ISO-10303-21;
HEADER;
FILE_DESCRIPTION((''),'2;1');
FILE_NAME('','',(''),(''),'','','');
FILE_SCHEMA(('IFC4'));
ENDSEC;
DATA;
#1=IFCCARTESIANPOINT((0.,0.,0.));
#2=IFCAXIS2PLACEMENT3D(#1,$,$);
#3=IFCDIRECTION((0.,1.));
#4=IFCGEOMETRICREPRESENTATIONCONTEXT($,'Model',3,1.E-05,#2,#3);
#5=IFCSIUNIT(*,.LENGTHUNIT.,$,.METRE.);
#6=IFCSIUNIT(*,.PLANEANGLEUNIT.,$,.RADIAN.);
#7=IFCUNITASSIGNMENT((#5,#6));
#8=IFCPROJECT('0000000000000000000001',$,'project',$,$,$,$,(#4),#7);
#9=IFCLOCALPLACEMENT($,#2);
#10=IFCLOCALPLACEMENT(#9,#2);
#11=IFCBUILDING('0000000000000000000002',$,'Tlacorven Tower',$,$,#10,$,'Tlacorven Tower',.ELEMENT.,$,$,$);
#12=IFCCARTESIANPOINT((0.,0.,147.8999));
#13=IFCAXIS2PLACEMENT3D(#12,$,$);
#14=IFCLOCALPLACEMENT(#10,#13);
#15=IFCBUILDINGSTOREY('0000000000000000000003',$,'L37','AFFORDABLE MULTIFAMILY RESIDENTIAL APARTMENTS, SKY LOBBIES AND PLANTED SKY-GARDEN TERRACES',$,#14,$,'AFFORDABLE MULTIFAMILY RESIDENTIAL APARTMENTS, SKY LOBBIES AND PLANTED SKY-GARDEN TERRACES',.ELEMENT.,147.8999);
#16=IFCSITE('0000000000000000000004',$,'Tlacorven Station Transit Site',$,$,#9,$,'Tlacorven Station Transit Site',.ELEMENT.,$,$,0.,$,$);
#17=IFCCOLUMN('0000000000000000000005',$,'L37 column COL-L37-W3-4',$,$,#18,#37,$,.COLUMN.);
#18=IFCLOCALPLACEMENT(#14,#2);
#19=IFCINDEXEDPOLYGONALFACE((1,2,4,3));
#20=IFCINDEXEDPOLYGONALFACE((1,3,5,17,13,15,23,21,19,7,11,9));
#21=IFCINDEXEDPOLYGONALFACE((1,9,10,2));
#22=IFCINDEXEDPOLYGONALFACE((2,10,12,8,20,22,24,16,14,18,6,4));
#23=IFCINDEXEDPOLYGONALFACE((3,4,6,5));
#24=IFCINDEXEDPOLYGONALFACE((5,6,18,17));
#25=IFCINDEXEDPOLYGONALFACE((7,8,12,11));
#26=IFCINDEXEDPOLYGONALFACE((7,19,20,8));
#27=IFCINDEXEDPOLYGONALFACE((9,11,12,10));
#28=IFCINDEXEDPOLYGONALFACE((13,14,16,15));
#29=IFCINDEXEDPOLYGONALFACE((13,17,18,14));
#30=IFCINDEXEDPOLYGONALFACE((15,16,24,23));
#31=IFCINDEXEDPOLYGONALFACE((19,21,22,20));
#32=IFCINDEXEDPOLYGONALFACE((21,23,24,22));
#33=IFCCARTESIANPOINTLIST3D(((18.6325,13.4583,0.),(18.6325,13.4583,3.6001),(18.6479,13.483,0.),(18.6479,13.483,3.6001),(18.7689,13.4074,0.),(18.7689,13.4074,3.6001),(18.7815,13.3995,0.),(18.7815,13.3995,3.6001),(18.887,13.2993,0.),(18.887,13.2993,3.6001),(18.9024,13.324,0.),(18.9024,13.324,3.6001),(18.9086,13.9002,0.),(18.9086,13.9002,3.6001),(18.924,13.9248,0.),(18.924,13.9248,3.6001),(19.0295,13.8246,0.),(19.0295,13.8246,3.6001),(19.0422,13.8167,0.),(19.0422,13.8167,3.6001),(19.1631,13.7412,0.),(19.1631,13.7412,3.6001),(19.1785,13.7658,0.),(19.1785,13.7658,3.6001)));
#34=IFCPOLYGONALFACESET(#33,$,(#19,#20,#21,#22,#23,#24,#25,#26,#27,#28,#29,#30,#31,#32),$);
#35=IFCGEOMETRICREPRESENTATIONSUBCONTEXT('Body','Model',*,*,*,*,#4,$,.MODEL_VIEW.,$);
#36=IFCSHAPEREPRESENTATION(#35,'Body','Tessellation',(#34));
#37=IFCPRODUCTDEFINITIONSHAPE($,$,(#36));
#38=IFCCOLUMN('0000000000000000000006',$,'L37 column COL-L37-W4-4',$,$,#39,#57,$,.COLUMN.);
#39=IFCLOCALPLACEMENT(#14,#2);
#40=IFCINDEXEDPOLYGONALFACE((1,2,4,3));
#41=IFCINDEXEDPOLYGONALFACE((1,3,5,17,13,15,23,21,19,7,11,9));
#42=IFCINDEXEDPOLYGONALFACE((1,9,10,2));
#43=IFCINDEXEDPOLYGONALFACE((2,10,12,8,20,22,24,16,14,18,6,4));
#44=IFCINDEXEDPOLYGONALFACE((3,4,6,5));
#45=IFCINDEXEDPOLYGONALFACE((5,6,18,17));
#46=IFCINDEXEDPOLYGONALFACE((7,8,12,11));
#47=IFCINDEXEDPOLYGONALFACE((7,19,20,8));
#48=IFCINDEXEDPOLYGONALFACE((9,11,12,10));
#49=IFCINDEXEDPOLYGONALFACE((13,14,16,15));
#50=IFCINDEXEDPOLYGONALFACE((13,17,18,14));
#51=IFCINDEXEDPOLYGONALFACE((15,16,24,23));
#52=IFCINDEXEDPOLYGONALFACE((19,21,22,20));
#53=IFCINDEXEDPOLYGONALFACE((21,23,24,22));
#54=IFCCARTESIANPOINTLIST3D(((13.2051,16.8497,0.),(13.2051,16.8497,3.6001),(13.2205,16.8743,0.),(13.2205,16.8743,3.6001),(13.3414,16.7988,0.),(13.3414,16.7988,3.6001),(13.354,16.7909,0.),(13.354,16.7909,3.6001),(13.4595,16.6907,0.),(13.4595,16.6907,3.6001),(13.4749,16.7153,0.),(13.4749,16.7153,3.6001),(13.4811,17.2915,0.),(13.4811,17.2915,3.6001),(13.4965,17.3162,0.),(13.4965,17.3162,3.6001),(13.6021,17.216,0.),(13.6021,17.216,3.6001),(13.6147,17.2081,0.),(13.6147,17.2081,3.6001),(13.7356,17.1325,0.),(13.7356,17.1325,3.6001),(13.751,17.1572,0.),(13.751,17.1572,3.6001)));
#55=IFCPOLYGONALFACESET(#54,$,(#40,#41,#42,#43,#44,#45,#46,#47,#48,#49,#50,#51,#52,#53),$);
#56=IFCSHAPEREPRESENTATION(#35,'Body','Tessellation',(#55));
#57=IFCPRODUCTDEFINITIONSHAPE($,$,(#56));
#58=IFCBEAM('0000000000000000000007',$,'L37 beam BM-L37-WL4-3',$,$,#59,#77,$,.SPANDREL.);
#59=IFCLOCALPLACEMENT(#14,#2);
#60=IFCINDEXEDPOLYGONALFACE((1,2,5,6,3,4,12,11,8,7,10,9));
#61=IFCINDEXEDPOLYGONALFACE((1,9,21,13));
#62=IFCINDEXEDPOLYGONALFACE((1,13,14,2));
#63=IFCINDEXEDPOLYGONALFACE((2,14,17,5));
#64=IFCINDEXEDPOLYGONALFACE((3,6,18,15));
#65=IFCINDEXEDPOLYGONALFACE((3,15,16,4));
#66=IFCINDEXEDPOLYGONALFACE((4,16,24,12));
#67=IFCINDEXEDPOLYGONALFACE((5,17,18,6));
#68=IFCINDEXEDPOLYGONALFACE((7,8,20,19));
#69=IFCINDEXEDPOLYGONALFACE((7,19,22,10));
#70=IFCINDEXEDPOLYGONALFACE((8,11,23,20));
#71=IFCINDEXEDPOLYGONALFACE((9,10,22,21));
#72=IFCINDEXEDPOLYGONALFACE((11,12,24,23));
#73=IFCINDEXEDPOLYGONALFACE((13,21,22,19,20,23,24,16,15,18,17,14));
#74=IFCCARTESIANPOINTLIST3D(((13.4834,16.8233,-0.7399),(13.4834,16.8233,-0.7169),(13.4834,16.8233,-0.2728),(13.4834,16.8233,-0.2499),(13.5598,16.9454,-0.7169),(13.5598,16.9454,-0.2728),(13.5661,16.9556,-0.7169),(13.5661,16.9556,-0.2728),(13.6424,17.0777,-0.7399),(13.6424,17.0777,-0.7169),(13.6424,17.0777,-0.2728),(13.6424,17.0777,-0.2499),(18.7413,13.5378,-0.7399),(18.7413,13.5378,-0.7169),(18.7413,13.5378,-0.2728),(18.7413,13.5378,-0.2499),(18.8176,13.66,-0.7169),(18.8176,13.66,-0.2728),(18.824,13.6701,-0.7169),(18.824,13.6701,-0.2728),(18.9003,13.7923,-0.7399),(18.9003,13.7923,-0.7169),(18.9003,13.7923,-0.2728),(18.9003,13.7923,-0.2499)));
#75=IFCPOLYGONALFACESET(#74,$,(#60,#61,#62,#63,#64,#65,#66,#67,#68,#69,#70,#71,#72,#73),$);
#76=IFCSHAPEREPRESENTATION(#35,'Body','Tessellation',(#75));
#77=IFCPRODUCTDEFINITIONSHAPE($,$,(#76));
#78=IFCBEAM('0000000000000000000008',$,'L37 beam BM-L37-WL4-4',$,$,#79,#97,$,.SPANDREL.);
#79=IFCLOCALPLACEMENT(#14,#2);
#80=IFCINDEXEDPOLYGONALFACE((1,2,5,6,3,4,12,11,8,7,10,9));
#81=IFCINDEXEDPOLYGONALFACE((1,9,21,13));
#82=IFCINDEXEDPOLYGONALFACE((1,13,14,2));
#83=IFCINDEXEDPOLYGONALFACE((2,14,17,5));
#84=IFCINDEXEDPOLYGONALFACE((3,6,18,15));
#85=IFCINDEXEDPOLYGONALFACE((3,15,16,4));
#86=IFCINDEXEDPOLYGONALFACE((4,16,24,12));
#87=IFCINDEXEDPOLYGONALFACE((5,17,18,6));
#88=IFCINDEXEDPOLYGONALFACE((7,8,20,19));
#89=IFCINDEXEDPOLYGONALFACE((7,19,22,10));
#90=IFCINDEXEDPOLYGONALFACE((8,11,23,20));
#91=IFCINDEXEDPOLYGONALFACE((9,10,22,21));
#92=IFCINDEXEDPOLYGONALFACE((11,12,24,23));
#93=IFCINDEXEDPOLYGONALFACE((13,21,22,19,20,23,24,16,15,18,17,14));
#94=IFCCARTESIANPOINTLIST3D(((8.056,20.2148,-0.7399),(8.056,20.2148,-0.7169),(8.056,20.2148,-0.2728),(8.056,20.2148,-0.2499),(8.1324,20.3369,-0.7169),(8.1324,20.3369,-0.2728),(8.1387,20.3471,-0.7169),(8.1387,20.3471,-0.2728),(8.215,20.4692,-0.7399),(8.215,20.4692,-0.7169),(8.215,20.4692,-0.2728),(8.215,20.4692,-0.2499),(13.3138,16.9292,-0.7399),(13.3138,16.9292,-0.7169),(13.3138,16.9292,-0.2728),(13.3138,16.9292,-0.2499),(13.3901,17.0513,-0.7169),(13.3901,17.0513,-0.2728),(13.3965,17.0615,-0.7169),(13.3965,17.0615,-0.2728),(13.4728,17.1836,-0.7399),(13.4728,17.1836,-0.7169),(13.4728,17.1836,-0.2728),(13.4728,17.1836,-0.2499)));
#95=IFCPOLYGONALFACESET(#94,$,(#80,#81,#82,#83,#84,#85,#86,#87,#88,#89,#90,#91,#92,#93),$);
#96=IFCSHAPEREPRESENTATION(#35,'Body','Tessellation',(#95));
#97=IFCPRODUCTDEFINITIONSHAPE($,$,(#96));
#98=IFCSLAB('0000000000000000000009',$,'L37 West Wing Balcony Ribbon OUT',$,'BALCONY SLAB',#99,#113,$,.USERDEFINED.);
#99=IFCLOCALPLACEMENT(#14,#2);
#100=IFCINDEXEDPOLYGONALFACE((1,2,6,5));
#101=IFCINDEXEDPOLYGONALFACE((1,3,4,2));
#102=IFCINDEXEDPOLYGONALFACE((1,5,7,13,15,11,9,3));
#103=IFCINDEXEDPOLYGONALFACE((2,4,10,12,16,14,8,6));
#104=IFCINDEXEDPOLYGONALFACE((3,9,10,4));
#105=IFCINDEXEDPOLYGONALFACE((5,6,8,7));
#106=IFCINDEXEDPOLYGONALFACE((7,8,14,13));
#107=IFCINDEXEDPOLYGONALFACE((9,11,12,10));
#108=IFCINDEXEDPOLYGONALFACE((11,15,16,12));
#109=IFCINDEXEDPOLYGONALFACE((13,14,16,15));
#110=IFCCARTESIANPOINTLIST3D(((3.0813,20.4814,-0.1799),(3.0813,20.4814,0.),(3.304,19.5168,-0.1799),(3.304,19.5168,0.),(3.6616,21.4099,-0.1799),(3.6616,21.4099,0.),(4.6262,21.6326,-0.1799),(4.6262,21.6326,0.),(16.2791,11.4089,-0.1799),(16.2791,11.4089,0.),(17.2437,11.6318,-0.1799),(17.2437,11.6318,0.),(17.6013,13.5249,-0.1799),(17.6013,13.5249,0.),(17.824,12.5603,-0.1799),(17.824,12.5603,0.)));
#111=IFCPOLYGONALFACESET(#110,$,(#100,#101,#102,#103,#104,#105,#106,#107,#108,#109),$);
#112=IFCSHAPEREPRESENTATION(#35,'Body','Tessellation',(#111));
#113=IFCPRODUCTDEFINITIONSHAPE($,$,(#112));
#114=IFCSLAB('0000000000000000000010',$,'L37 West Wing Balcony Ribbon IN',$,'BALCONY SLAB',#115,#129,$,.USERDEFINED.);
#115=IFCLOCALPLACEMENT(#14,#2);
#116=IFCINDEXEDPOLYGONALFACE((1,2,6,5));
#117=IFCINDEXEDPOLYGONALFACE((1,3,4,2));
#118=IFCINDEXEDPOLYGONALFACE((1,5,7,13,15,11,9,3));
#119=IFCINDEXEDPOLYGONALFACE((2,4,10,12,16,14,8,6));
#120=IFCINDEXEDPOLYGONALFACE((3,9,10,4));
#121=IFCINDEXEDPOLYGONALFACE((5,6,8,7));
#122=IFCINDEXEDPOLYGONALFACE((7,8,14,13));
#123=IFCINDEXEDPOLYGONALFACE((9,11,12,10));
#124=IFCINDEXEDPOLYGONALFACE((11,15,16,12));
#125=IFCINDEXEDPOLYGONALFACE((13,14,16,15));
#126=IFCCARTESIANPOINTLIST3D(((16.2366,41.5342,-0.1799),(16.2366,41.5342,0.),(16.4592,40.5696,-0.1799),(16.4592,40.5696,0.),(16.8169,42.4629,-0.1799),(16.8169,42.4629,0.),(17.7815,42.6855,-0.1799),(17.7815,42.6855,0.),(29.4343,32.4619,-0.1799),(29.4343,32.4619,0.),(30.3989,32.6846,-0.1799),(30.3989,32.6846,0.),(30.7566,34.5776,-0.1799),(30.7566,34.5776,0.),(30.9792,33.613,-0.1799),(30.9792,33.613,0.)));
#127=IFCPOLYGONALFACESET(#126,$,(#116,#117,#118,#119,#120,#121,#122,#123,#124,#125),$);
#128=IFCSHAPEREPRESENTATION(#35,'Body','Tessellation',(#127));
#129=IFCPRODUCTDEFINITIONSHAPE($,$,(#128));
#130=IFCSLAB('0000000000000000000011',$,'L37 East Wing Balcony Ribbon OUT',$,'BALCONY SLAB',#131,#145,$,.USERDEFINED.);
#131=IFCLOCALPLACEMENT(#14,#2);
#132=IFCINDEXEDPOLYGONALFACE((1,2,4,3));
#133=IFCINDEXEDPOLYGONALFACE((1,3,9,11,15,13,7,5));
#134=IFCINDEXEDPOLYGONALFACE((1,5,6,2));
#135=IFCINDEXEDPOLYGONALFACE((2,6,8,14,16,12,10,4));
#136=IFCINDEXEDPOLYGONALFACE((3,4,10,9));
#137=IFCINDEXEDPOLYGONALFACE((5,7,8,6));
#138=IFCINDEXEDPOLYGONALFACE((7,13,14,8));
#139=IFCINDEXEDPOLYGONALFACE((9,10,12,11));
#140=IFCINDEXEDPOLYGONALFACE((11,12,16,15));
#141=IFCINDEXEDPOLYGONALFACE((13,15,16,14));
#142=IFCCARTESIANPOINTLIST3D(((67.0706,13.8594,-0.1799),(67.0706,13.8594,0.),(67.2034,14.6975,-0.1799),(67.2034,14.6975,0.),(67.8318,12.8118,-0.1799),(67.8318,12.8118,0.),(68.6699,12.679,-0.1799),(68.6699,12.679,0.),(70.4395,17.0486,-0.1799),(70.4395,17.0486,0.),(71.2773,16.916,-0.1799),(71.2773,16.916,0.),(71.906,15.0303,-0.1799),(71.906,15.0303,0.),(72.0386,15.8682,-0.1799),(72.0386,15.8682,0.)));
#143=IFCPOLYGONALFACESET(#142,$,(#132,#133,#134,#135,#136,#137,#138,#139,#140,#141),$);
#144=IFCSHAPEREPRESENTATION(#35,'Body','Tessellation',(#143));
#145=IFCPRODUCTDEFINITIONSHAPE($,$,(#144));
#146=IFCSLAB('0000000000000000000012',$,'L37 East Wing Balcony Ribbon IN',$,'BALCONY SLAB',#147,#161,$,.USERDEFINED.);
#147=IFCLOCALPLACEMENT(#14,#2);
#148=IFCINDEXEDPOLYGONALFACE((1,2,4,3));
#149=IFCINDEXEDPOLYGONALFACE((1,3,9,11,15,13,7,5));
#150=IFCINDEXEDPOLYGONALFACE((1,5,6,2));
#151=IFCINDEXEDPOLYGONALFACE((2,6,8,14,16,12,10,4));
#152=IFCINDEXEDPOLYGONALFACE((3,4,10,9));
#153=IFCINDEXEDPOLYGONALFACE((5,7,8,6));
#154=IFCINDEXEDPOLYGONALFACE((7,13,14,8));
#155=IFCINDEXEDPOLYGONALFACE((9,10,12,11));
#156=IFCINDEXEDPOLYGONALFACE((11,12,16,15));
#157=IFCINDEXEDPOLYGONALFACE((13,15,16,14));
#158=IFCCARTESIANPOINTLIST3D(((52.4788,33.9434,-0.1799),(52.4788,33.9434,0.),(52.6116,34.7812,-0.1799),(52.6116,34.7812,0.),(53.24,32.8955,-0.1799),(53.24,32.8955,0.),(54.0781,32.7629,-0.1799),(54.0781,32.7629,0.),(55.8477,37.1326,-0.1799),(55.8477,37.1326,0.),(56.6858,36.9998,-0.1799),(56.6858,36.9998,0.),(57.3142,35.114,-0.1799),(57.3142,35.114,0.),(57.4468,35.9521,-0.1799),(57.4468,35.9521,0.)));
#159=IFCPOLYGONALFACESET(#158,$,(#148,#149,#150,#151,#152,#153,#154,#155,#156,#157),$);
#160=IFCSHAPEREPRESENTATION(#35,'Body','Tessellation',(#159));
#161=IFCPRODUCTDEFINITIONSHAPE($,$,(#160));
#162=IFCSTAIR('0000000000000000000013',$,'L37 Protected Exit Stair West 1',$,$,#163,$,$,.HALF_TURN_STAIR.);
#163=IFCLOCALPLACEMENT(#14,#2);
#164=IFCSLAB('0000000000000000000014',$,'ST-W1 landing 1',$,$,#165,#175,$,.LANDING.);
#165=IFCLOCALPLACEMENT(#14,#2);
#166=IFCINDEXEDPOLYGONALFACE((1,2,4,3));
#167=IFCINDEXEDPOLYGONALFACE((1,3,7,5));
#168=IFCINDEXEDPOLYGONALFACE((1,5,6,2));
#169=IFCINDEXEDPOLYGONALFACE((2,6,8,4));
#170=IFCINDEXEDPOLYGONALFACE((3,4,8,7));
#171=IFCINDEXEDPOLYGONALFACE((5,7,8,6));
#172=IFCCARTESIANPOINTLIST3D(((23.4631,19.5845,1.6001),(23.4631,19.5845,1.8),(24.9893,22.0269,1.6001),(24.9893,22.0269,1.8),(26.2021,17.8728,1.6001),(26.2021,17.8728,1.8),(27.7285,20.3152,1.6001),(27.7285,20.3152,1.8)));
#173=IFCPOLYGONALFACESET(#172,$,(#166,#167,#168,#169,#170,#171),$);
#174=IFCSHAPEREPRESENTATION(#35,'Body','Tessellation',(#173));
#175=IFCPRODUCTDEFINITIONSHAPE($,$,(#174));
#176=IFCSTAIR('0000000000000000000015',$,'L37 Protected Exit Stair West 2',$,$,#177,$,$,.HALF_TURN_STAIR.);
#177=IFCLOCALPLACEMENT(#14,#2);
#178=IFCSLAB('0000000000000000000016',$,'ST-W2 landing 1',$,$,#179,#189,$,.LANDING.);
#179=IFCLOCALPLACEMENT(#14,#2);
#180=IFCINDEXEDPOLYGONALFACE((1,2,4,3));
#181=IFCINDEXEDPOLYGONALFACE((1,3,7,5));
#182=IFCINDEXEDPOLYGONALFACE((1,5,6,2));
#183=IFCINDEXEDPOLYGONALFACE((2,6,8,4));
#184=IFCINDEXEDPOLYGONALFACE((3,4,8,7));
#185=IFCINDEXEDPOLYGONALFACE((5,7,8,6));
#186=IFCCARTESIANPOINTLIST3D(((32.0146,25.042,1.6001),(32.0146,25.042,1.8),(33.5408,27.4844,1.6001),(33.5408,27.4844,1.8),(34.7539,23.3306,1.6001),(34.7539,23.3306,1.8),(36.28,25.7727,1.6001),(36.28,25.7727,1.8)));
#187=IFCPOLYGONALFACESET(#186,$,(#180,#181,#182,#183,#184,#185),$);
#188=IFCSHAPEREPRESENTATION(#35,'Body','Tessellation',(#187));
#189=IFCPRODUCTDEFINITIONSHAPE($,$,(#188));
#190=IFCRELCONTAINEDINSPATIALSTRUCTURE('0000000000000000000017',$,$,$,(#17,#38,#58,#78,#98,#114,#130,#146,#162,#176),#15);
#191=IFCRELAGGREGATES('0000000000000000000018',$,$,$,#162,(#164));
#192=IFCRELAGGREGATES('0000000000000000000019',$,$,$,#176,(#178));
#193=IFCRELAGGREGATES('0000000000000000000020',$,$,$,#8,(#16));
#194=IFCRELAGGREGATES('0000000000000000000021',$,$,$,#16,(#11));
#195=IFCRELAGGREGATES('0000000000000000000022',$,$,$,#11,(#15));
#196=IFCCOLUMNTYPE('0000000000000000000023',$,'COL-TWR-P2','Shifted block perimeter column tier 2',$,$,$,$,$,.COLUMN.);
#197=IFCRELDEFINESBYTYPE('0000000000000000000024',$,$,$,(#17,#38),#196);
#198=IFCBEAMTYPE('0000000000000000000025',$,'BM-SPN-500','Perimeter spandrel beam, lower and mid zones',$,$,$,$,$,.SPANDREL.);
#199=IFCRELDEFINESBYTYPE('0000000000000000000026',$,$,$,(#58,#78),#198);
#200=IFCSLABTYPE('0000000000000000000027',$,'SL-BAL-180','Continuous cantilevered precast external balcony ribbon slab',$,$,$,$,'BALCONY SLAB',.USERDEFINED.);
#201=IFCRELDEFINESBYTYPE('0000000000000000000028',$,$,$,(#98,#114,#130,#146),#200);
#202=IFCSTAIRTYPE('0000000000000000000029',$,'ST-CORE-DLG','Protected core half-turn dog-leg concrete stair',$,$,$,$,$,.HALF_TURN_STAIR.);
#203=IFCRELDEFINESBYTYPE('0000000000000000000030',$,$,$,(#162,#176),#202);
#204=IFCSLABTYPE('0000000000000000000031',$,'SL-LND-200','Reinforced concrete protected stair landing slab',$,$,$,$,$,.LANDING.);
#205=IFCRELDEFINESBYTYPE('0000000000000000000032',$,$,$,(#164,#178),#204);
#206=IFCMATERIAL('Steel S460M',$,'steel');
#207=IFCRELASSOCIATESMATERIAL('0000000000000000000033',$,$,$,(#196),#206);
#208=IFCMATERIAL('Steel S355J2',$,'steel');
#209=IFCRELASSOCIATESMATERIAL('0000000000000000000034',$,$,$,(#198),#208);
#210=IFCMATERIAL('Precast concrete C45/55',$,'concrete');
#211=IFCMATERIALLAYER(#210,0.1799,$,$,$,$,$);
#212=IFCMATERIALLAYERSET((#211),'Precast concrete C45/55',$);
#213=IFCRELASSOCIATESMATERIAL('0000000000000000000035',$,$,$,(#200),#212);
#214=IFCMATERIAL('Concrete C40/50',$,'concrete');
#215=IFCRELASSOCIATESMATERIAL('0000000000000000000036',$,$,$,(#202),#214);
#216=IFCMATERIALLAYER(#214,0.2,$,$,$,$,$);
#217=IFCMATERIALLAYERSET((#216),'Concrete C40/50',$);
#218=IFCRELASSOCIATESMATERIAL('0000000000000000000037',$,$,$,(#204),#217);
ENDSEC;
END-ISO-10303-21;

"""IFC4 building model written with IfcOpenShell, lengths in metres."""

from ifc_helpers import new_model, si_unit, direction, frame, origin, origin_2d, place, context, subcontext, project, spatial, polyline, i_section, outline, extrude, source, transform, mapped, material, layer, layer_set, material_profile, profile_set, type_object, element, aggregate, save


model = new_model("IFC4")

# Units and contexts
model_context = context("Model", 3, precision=1e-05, world=origin(), true_north=direction((0.0, 1.0)))
body_context = subcontext(model_context, "Body", "Model", "MODEL_VIEW")
ifc_project = project(units=[si_unit("LENGTHUNIT", "METRE"), si_unit("PLANEANGLEUNIT", "RADIAN")], contexts=[model_context])

# Site, building, storey
site_placement = place(None, origin())
site = spatial("IfcSite", under=ifc_project, at=site_placement, Name="Tlacorven Station Transit Site", LongName="Tlacorven Station Transit Site", CompositionType="ELEMENT", RefElevation=0.0)
building_placement = place(site_placement, origin())
building = spatial("IfcBuilding", under=site, at=building_placement, Name="Tlacorven Tower", LongName="Tlacorven Tower", CompositionType="ELEMENT")
storey_placement = place(building_placement, frame((0.0, 0.0, 147.8999)))
storey = spatial("IfcBuildingStorey", under=building, at=storey_placement, Name="L37", Description="AFFORDABLE MULTIFAMILY RESIDENTIAL APARTMENTS, SKY LOBBIES AND PLANTED SKY-GARDEN TERRACES", LongName="AFFORDABLE MULTIFAMILY RESIDENTIAL APARTMENTS, SKY LOBBIES AND PLANTED SKY-GARDEN TERRACES", CompositionType="ELEMENT", Elevation=147.8999)

# Columns
ifc_material_1 = material(Name="Steel S460M", Category="steel")
ifc_material_profile_1 = material_profile(ifc_material_1, i_section(OverallWidth=0.3, OverallDepth=0.55, WebThickness=0.0149, FlangeThickness=0.0291, at=origin_2d()), Name="HEB 550")
ifc_profile_set_1 = profile_set([ifc_material_profile_1], Name="Steel S460M")
column_type = type_object("IfcColumnType", Name="COL-TWR-P2", Description="Shifted block perimeter column tier 2", PredefinedType="COLUMN", material=ifc_profile_set_1)
shared_shape_1 = source(origin(), body_context, "Body", "SweptSolid", [
    extrude(i_section(OverallWidth=0.3, OverallDepth=0.55, WebThickness=0.0149, FlangeThickness=0.0291, at=origin_2d()), origin(), (0.0, 0.0, 1.0), 3.6001),
])
for number, where, z_axis, x_axis, name in (
    (1, (18.9055, 13.6121, 0.0), (0.0, 0.0, 1.0), (-0.848048, 0.529919, 0.0), "L37 column COL-L37-W3-4"),
    (2, (13.478, 17.0034, 0.0), (0.0, 0.0, 1.0), (-0.848048, 0.529919, 0.0), "L37 column COL-L37-W4-4"),
):
    element("IfcColumn", number, at=place(storey_placement, frame(where, z_axis=z_axis, x_axis=x_axis)), inside=storey, type_object=column_type, Name=name, PredefinedType="COLUMN", context=body_context, shape_type="MappedRepresentation", body=[
        mapped(shared_shape_1, transform((0.0, 0.0, 0.0), scale=1.0)),
    ])

# Beams
ifc_material_2 = material(Name="Steel S355J2", Category="steel")
ifc_material_profile_2 = material_profile(ifc_material_2, i_section(OverallWidth=0.3, OverallDepth=0.49, WebThickness=0.012, FlangeThickness=0.0229, at=origin_2d()), Name="HEA 500")
ifc_profile_set_2 = profile_set([ifc_material_profile_2], Name="Steel S355J2")
beam_type = type_object("IfcBeamType", Name="BM-SPN-500", Description="Perimeter spandrel beam, lower and mid zones", PredefinedType="SPANDREL", material=ifc_profile_set_2)
shared_shape_2 = source(origin(), body_context, "Body", "SweptSolid", [
    extrude(i_section(OverallWidth=0.3, OverallDepth=0.49, WebThickness=0.012, FlangeThickness=0.0229, at=origin_2d()), origin(), (0.0, 0.0, 1.0), 6.2),
])
for number, where, z_axis, x_axis, name in (
    (3, (18.8208, 13.665, -0.4949), (-0.848051, 0.529914, 0.0), (-0.529914, -0.848051, 0.0), "L37 beam BM-L37-WL4-3"),
    (4, (13.3933, 17.0564, -0.4949), (-0.848034, 0.529942, 0.0), (-0.529942, -0.848034, 0.0), "L37 beam BM-L37-WL4-4"),
):
    element("IfcBeam", number, at=place(storey_placement, frame(where, z_axis=z_axis, x_axis=x_axis)), inside=storey, type_object=beam_type, Name=name, PredefinedType="SPANDREL", context=body_context, shape_type="MappedRepresentation", body=[
        mapped(shared_shape_2, transform((0.0, 0.0, 0.0), scale=1.0)),
    ])

# Slabs
ifc_material_3 = material(Name="Precast concrete C45/55", Category="concrete")
ifc_layer_1 = layer(ifc_material_3, 0.1799)
ifc_layer_set_1 = layer_set([ifc_layer_1], Name="Precast concrete C45/55")
slab_type_1 = type_object("IfcSlabType", Name="SL-BAL-180", Description="Continuous cantilevered precast external balcony ribbon slab", ElementType="BALCONY SLAB", PredefinedType="USERDEFINED", material=ifc_layer_set_1)
slab_1_placement = place(storey_placement, frame((0.0, 0.0, -0.1799)))
element("IfcSlab", 5, at=slab_1_placement, inside=storey, type_object=slab_type_1, Name="L37 West Wing Balcony Ribbon OUT", ObjectType="BALCONY SLAB", PredefinedType="USERDEFINED", context=body_context, shape_type="SweptSolid", body=[
    extrude(outline(polyline([(17.6013, 13.5249), (4.6262, 21.6326), (3.6616, 21.4099), (3.0813, 20.4814), (3.304, 19.5168), (16.2791, 11.4089), (17.2437, 11.6318), (17.824, 12.5603), (17.6013, 13.5249)])), origin(), (0.0, 0.0, 1.0), 0.1799),
])
slab_2_placement = place(storey_placement, frame((0.0, 0.0, -0.1799)))
element("IfcSlab", 6, at=slab_2_placement, inside=storey, type_object=slab_type_1, Name="L37 West Wing Balcony Ribbon IN", ObjectType="BALCONY SLAB", PredefinedType="USERDEFINED", context=body_context, shape_type="SweptSolid", body=[
    extrude(outline(polyline([(30.7566, 34.5776), (17.7815, 42.6855), (16.8169, 42.4629), (16.2366, 41.5342), (16.4592, 40.5696), (29.4343, 32.4619), (30.3989, 32.6846), (30.9792, 33.613), (30.7566, 34.5776)])), origin(), (0.0, 0.0, 1.0), 0.1799),
])
slab_3_placement = place(storey_placement, frame((0.0, 0.0, -0.1799)))
element("IfcSlab", 7, at=slab_3_placement, inside=storey, type_object=slab_type_1, Name="L37 East Wing Balcony Ribbon OUT", ObjectType="BALCONY SLAB", PredefinedType="USERDEFINED", context=body_context, shape_type="SweptSolid", body=[
    extrude(outline(polyline([(68.6699, 12.679), (71.906, 15.0303), (72.0386, 15.8682), (71.2773, 16.916), (70.4395, 17.0486), (67.2034, 14.6975), (67.0706, 13.8594), (67.8318, 12.8118), (68.6699, 12.679)])), origin(), (0.0, 0.0, 1.0), 0.1799),
])
slab_4_placement = place(storey_placement, frame((0.0, 0.0, -0.1799)))
element("IfcSlab", 8, at=slab_4_placement, inside=storey, type_object=slab_type_1, Name="L37 East Wing Balcony Ribbon IN", ObjectType="BALCONY SLAB", PredefinedType="USERDEFINED", context=body_context, shape_type="SweptSolid", body=[
    extrude(outline(polyline([(54.0781, 32.7629), (57.3142, 35.114), (57.4468, 35.9521), (56.6858, 36.9998), (55.8477, 37.1326), (52.6116, 34.7812), (52.4788, 33.9434), (53.24, 32.8955), (54.0781, 32.7629)])), origin(), (0.0, 0.0, 1.0), 0.1799),
])

# Stairs, slabs
ifc_material_4 = material(Name="Concrete C40/50", Category="concrete")
stair_type = type_object("IfcStairType", Name="ST-CORE-DLG", Description="Protected core half-turn dog-leg concrete stair", PredefinedType="HALF_TURN_STAIR", material=ifc_material_4)
stair_1_placement = place(storey_placement, origin())
stair_1 = element("IfcStair", 9, at=stair_1_placement, inside=storey, type_object=stair_type, Name="L37 Protected Exit Stair West 1", PredefinedType="HALF_TURN_STAIR")
ifc_layer_2 = layer(ifc_material_4, 0.2)
ifc_layer_set_2 = layer_set([ifc_layer_2], Name="Concrete C40/50")
slab_type_2 = type_object("IfcSlabType", Name="SL-LND-200", Description="Reinforced concrete protected stair landing slab", PredefinedType="LANDING", material=ifc_layer_set_2)
slab_5_placement = place(storey_placement, frame((0.0, 0.0, 1.6001)))
slab_5 = element("IfcSlab", 10, at=slab_5_placement, type_object=slab_type_2, Name="ST-W1 landing 1", PredefinedType="LANDING", context=body_context, shape_type="SweptSolid", body=[
    extrude(outline(polyline([(27.7285, 20.3152), (24.9893, 22.0269), (23.4631, 19.5845), (26.2021, 17.8728), (27.7285, 20.3152)])), origin(), (0.0, 0.0, 1.0), 0.2),
])
aggregate(stair_1, [slab_5])
stair_2_placement = place(storey_placement, origin())
stair_2 = element("IfcStair", 11, at=stair_2_placement, inside=storey, type_object=stair_type, Name="L37 Protected Exit Stair West 2", PredefinedType="HALF_TURN_STAIR")
slab_6_placement = place(storey_placement, frame((0.0, 0.0, 1.6001)))
slab_6 = element("IfcSlab", 12, at=slab_6_placement, type_object=slab_type_2, Name="ST-W2 landing 1", PredefinedType="LANDING", context=body_context, shape_type="SweptSolid", body=[
    extrude(outline(polyline([(36.28, 25.7727), (33.5408, 27.4844), (32.0146, 25.042), (34.7539, 23.3306), (36.28, 25.7727)])), origin(), (0.0, 0.0, 1.0), 0.2),
])
aggregate(stair_2, [slab_6])

save(model, "model.ifc")
